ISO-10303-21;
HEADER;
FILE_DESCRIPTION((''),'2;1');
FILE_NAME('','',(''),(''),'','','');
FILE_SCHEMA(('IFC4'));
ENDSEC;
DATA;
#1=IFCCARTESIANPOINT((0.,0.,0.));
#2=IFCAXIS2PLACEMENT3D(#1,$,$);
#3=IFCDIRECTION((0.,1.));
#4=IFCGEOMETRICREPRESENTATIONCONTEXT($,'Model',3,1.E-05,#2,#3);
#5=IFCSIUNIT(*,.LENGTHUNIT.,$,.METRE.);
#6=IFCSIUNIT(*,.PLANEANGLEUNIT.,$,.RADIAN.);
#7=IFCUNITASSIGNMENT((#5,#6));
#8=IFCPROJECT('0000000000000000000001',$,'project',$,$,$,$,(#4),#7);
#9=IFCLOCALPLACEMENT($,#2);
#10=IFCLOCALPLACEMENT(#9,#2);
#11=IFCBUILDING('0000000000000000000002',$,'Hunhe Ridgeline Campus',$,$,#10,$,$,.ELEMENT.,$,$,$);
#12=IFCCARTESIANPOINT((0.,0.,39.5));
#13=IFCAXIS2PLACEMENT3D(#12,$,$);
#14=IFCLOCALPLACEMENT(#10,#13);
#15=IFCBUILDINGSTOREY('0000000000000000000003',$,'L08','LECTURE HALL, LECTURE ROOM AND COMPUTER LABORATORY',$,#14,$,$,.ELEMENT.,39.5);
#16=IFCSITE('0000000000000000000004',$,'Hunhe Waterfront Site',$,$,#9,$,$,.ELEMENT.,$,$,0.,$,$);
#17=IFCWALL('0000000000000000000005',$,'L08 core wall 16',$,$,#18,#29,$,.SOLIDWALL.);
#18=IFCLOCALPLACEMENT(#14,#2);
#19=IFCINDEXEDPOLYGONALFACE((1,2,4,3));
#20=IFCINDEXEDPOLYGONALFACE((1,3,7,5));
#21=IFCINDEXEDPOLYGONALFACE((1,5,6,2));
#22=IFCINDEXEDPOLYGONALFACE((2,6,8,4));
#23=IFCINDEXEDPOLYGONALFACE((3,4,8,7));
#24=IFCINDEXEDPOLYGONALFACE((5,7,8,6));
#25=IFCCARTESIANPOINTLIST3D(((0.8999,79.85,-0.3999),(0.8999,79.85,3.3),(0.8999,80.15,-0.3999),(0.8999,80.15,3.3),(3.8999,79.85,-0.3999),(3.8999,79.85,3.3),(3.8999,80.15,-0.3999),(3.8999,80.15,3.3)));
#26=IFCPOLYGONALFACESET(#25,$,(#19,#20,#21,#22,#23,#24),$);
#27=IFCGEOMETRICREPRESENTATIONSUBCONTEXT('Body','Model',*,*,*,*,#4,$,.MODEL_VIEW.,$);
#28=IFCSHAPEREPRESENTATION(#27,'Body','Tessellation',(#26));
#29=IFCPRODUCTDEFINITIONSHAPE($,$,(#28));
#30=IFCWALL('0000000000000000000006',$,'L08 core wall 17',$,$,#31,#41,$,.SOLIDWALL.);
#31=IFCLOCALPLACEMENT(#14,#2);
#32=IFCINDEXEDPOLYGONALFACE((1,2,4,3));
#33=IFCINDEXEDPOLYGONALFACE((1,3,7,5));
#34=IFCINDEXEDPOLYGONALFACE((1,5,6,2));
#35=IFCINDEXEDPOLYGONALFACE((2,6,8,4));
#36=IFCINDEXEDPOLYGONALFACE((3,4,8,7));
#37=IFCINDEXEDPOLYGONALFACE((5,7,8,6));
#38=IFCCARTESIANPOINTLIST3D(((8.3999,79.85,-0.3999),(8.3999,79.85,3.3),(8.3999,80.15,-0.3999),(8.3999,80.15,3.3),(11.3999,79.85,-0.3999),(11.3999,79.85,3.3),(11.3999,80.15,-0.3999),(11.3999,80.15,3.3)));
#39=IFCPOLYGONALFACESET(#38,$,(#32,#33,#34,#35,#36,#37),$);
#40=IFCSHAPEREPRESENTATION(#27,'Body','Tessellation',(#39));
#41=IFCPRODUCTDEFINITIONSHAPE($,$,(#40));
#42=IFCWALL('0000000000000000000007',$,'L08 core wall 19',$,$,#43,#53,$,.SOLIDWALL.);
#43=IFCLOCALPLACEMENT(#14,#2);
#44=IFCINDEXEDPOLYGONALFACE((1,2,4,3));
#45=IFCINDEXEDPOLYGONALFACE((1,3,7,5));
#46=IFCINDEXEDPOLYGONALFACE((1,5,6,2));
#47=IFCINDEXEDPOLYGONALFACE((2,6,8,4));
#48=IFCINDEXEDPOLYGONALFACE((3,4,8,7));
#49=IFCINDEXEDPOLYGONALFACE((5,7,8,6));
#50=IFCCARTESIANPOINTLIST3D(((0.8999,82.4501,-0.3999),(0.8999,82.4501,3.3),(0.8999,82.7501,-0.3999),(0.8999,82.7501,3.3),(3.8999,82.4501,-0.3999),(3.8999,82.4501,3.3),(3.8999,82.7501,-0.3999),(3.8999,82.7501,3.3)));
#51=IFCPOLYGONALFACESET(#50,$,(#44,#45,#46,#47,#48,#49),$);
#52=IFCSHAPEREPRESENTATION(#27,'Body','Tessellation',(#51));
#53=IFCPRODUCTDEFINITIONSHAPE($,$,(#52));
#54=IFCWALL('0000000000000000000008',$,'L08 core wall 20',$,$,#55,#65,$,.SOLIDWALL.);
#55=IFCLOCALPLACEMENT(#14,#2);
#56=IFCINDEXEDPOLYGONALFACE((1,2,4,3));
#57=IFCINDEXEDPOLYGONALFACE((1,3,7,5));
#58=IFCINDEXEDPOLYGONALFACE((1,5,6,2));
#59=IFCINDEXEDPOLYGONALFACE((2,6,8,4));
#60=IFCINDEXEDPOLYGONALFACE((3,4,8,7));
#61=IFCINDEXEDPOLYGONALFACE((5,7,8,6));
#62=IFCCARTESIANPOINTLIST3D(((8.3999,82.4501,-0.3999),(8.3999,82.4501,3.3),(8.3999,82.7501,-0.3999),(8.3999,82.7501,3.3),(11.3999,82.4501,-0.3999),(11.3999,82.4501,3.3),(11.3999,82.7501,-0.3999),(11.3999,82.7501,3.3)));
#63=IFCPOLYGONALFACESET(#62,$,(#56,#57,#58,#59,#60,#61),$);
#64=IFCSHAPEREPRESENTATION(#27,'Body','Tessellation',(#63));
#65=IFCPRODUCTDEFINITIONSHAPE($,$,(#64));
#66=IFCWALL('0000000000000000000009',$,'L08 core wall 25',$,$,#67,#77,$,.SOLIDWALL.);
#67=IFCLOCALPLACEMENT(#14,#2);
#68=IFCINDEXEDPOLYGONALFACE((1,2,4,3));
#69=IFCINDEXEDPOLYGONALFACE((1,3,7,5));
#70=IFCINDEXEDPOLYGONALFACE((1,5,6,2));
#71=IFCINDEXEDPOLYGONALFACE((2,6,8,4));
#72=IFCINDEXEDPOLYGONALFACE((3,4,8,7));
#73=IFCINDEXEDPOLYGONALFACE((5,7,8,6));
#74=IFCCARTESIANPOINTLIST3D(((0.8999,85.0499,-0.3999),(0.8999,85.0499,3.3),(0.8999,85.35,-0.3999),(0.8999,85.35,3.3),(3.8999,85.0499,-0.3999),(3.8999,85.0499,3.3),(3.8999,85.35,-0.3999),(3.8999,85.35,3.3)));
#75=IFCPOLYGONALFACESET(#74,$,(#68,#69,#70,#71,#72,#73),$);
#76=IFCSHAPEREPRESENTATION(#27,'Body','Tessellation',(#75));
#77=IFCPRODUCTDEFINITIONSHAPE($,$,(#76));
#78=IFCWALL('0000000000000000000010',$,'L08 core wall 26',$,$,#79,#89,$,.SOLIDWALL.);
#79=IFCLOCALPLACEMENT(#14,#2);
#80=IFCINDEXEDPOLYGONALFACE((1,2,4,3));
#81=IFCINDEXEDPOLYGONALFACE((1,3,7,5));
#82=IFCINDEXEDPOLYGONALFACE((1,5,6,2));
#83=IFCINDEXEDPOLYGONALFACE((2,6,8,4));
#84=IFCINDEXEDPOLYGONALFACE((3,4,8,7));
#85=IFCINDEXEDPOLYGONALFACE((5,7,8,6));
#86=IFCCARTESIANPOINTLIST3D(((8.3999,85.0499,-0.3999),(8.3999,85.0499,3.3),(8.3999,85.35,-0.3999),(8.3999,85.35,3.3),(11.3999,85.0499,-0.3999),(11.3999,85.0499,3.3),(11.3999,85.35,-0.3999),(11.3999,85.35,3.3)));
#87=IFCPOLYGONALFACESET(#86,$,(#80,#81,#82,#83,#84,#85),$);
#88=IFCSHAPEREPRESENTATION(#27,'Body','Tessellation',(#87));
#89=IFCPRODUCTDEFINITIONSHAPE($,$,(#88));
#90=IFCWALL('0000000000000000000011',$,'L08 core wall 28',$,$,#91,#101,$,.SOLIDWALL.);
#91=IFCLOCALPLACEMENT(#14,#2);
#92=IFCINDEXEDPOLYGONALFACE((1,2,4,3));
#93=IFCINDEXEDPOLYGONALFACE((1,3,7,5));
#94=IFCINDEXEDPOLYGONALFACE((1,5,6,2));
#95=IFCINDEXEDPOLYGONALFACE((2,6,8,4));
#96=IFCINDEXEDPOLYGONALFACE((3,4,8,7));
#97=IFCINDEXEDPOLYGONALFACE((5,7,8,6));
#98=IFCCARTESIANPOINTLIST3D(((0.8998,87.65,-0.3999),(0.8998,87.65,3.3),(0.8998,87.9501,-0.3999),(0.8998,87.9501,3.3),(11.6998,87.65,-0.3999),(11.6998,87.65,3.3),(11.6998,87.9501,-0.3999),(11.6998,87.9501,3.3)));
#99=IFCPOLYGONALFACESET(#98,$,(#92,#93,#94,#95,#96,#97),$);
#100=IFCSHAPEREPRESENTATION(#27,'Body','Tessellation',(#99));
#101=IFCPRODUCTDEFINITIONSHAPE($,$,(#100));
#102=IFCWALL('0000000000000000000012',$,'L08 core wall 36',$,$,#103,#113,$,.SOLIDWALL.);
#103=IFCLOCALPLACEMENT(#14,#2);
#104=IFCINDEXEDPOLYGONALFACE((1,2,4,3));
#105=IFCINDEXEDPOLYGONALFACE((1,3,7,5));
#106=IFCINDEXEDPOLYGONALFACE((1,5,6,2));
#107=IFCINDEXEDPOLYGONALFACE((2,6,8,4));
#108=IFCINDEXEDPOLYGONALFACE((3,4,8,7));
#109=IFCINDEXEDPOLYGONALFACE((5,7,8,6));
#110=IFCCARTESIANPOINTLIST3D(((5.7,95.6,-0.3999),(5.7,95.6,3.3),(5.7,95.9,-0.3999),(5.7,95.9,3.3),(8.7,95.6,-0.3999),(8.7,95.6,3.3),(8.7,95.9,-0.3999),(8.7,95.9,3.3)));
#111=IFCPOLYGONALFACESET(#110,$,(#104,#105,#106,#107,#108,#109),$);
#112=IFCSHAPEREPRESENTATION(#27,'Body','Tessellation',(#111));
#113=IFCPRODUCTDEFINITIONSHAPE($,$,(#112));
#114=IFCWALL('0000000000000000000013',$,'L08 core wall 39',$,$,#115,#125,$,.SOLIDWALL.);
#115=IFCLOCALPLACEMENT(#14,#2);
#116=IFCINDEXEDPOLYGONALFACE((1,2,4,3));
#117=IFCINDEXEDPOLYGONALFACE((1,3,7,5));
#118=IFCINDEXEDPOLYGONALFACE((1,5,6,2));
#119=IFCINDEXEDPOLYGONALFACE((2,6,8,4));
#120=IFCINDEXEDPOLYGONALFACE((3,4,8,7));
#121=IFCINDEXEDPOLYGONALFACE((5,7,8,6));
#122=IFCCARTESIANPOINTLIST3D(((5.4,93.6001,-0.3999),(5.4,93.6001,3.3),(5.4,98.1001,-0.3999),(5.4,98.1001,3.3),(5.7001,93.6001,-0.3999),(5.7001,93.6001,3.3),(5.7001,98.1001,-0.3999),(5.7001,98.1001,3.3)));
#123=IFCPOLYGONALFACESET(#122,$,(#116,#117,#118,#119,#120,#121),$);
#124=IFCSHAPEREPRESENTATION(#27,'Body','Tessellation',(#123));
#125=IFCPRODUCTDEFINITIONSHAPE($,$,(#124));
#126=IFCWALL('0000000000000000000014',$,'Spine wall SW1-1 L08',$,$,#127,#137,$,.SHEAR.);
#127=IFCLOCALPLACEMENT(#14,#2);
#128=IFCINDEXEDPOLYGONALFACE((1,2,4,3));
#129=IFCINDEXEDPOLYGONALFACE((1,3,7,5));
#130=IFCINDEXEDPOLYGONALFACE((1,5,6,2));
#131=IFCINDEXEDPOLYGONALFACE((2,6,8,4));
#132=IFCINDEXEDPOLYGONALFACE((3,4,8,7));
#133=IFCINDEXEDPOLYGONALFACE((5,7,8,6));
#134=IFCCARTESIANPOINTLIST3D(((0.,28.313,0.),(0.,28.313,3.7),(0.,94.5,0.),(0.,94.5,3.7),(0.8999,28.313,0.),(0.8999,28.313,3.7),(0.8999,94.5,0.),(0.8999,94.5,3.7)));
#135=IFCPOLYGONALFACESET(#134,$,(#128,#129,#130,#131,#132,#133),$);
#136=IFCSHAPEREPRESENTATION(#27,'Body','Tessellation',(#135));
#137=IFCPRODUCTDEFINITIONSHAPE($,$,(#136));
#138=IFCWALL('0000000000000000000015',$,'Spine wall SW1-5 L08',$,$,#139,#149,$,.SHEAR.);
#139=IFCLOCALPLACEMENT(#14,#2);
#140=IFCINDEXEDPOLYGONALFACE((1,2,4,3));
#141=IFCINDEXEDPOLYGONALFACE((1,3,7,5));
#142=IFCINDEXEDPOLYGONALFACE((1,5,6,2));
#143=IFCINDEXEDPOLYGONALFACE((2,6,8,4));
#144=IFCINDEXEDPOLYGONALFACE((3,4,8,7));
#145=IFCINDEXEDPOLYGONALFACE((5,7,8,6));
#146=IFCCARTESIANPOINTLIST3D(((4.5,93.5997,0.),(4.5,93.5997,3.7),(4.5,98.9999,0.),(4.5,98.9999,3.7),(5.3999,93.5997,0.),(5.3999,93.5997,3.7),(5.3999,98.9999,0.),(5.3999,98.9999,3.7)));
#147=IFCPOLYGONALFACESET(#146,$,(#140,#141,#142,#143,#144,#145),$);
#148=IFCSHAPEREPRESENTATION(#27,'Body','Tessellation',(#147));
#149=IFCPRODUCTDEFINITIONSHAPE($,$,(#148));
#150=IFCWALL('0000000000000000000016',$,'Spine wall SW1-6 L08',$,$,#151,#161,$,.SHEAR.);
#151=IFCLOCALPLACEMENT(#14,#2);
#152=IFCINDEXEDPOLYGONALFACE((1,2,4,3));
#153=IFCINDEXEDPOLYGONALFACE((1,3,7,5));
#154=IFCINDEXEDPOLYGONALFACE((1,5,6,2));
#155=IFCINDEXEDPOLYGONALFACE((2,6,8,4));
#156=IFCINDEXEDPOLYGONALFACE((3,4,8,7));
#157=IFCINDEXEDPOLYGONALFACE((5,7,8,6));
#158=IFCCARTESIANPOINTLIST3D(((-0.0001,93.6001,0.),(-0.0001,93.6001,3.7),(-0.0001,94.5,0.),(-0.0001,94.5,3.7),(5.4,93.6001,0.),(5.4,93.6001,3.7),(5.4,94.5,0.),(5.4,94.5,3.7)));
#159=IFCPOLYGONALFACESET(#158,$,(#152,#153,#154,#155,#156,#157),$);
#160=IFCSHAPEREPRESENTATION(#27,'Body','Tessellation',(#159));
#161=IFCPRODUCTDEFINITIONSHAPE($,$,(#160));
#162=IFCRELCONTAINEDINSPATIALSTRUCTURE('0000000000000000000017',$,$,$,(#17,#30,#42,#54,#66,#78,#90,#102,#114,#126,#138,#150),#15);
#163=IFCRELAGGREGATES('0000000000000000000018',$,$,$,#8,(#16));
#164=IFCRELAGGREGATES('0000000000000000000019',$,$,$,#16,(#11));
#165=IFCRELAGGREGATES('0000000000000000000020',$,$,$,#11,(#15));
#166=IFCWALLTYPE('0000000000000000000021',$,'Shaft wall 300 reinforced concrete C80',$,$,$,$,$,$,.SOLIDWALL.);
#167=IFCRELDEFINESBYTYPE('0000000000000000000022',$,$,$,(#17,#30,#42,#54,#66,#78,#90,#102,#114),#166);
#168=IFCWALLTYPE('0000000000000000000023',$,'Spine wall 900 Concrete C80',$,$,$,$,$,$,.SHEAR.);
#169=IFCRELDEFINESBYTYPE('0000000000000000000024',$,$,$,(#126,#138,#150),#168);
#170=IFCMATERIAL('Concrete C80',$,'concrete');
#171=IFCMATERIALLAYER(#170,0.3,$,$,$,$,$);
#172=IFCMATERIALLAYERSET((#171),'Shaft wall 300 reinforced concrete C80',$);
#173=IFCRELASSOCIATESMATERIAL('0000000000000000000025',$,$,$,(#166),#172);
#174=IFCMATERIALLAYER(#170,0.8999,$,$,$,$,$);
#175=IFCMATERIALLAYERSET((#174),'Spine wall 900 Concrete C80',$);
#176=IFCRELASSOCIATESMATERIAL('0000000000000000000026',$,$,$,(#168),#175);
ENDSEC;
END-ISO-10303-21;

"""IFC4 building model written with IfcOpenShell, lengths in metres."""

from ifc_helpers import new_model, si_unit, direction, frame, frame_2d, origin, place, context, subcontext, project, spatial, rectangle, extrude, material, layer, layer_set, type_object, element, save


model = new_model("IFC4")

# Units and contexts
model_context = context("Model", 3, precision=1e-05, world=origin(), true_north=direction((0.0, 1.0)))
body_context = subcontext(model_context, "Body", "Model", "MODEL_VIEW")
ifc_project = project(units=[si_unit("LENGTHUNIT", "METRE"), si_unit("PLANEANGLEUNIT", "RADIAN")], contexts=[model_context])

# Site, building, storey
site_placement = place(None, origin())
site = spatial("IfcSite", under=ifc_project, at=site_placement, Name="Hunhe Waterfront Site", CompositionType="ELEMENT", RefElevation=0.0)
building_placement = place(site_placement, origin())
building = spatial("IfcBuilding", under=site, at=building_placement, Name="Hunhe Ridgeline Campus", CompositionType="ELEMENT")
storey_placement = place(building_placement, frame((0.0, 0.0, 39.5)))
storey = spatial("IfcBuildingStorey", under=building, at=storey_placement, Name="L08", Description="LECTURE HALL, LECTURE ROOM AND COMPUTER LABORATORY", CompositionType="ELEMENT", Elevation=39.5)

# Shared definitions
ifc_material_1 = material(Name="Concrete C80", Category="concrete")

# Walls
ifc_layer_1 = layer(ifc_material_1, 0.3)
ifc_layer_set_1 = layer_set([ifc_layer_1], Name="Shaft wall 300 reinforced concrete C80")
wall_type_1 = type_object("IfcWallType", Name="Shaft wall 300 reinforced concrete C80", PredefinedType="SOLIDWALL", material=ifc_layer_set_1)
for number, where, z_axis, x_axis, name in (
    (1, (0.8999, 80.0, -0.3999), (0.0, 0.0, 1.0), (1.0, 0.0, 0.0), "L08 core wall 16"),
    (2, (8.3999, 80.0, -0.3999), (0.0, 0.0, 1.0), (1.0, 0.0, 0.0), "L08 core wall 17"),
    (3, (0.8999, 82.6001, -0.3999), (0.0, 0.0, 1.0), (1.0, 0.0, 0.0), "L08 core wall 19"),
    (4, (8.3999, 82.6001, -0.3999), (0.0, 0.0, 1.0), (1.0, 0.0, 0.0), "L08 core wall 20"),
    (5, (0.8999, 85.2, -0.3999), (0.0, 0.0, 1.0), (1.0, 0.0, 0.0), "L08 core wall 25"),
    (6, (8.3999, 85.2, -0.3999), (0.0, 0.0, 1.0), (1.0, 0.0, 0.0), "L08 core wall 26"),
):
    element("IfcWall", number, at=place(storey_placement, frame(where, z_axis=z_axis, x_axis=x_axis)), inside=storey, type_object=wall_type_1, Name=name, PredefinedType="SOLIDWALL", context=body_context, shape_type="SweptSolid", body=[
        extrude(rectangle(XDim=3.0, YDim=0.3, at=frame_2d((1.5, 0.0))), origin(), (0.0, 0.0, 1.0), 3.7),
    ])
wall_1_placement = place(storey_placement, frame((0.8999, 87.8, -0.3999), z_axis=(0.0, 0.0, 1.0), x_axis=(1.0, 0.0, 0.0)))
element("IfcWall", 7, at=wall_1_placement, inside=storey, type_object=wall_type_1, Name="L08 core wall 28", PredefinedType="SOLIDWALL", context=body_context, shape_type="SweptSolid", body=[
    extrude(rectangle(XDim=10.8, YDim=0.3, at=frame_2d((5.3999, 0.0))), origin(), (0.0, 0.0, 1.0), 3.7),
])

# Walls
wall_2_placement = place(storey_placement, frame((5.7, 95.75, -0.3999), z_axis=(0.0, 0.0, 1.0), x_axis=(1.0, 0.0, 0.0)))
element("IfcWall", 8, at=wall_2_placement, inside=storey, type_object=wall_type_1, Name="L08 core wall 36", PredefinedType="SOLIDWALL", context=body_context, shape_type="SweptSolid", body=[
    extrude(rectangle(XDim=3.0, YDim=0.3, at=frame_2d((1.5, 0.0))), origin(), (0.0, 0.0, 1.0), 3.7),
])
wall_3_placement = place(storey_placement, frame((5.55, 93.6001, -0.3999), z_axis=(0.0, 0.0, 1.0), x_axis=(0.0, 1.0, 0.0)))
element("IfcWall", 9, at=wall_3_placement, inside=storey, type_object=wall_type_1, Name="L08 core wall 39", PredefinedType="SOLIDWALL", context=body_context, shape_type="SweptSolid", body=[
    extrude(rectangle(XDim=4.5, YDim=0.3, at=frame_2d((2.25, 0.0))), origin(), (0.0, 0.0, 1.0), 3.7),
])

# Walls
ifc_layer_2 = layer(ifc_material_1, 0.8999)
ifc_layer_set_2 = layer_set([ifc_layer_2], Name="Spine wall 900 Concrete C80")
wall_type_2 = type_object("IfcWallType", Name="Spine wall 900 Concrete C80", PredefinedType="SHEAR", material=ifc_layer_set_2)
wall_4_placement = place(storey_placement, frame((0.45, 94.5, 0.0), z_axis=(0.0, 0.0, 1.0), x_axis=(0.0, -1.0, 0.0)))
element("IfcWall", 10, at=wall_4_placement, inside=storey, type_object=wall_type_2, Name="Spine wall SW1-1 L08", PredefinedType="SHEAR", context=body_context, shape_type="SweptSolid", body=[
    extrude(rectangle(XDim=66.187, YDim=0.8999, at=frame_2d((33.0935, 0.0))), origin(), (0.0, 0.0, 1.0), 3.7),
])
for number, where, z_axis, x_axis, name in (
    (11, (4.95, 99.0, 0.0), (0.0, 0.0, 1.0), (0.0, -1.0, 0.0), "Spine wall SW1-5 L08"),
    (12, (5.4001, 94.05, 0.0), (0.0, 0.0, 1.0), (-1.0, 0.0, 0.0), "Spine wall SW1-6 L08"),
):
    element("IfcWall", number, at=place(storey_placement, frame(where, z_axis=z_axis, x_axis=x_axis)), inside=storey, type_object=wall_type_2, Name=name, PredefinedType="SHEAR", context=body_context, shape_type="SweptSolid", body=[
        extrude(rectangle(XDim=5.4001, YDim=0.8999, at=frame_2d((2.7002, 0.0))), origin(), (0.0, 0.0, 1.0), 3.7),
    ])

save(model, "model.ifc")
